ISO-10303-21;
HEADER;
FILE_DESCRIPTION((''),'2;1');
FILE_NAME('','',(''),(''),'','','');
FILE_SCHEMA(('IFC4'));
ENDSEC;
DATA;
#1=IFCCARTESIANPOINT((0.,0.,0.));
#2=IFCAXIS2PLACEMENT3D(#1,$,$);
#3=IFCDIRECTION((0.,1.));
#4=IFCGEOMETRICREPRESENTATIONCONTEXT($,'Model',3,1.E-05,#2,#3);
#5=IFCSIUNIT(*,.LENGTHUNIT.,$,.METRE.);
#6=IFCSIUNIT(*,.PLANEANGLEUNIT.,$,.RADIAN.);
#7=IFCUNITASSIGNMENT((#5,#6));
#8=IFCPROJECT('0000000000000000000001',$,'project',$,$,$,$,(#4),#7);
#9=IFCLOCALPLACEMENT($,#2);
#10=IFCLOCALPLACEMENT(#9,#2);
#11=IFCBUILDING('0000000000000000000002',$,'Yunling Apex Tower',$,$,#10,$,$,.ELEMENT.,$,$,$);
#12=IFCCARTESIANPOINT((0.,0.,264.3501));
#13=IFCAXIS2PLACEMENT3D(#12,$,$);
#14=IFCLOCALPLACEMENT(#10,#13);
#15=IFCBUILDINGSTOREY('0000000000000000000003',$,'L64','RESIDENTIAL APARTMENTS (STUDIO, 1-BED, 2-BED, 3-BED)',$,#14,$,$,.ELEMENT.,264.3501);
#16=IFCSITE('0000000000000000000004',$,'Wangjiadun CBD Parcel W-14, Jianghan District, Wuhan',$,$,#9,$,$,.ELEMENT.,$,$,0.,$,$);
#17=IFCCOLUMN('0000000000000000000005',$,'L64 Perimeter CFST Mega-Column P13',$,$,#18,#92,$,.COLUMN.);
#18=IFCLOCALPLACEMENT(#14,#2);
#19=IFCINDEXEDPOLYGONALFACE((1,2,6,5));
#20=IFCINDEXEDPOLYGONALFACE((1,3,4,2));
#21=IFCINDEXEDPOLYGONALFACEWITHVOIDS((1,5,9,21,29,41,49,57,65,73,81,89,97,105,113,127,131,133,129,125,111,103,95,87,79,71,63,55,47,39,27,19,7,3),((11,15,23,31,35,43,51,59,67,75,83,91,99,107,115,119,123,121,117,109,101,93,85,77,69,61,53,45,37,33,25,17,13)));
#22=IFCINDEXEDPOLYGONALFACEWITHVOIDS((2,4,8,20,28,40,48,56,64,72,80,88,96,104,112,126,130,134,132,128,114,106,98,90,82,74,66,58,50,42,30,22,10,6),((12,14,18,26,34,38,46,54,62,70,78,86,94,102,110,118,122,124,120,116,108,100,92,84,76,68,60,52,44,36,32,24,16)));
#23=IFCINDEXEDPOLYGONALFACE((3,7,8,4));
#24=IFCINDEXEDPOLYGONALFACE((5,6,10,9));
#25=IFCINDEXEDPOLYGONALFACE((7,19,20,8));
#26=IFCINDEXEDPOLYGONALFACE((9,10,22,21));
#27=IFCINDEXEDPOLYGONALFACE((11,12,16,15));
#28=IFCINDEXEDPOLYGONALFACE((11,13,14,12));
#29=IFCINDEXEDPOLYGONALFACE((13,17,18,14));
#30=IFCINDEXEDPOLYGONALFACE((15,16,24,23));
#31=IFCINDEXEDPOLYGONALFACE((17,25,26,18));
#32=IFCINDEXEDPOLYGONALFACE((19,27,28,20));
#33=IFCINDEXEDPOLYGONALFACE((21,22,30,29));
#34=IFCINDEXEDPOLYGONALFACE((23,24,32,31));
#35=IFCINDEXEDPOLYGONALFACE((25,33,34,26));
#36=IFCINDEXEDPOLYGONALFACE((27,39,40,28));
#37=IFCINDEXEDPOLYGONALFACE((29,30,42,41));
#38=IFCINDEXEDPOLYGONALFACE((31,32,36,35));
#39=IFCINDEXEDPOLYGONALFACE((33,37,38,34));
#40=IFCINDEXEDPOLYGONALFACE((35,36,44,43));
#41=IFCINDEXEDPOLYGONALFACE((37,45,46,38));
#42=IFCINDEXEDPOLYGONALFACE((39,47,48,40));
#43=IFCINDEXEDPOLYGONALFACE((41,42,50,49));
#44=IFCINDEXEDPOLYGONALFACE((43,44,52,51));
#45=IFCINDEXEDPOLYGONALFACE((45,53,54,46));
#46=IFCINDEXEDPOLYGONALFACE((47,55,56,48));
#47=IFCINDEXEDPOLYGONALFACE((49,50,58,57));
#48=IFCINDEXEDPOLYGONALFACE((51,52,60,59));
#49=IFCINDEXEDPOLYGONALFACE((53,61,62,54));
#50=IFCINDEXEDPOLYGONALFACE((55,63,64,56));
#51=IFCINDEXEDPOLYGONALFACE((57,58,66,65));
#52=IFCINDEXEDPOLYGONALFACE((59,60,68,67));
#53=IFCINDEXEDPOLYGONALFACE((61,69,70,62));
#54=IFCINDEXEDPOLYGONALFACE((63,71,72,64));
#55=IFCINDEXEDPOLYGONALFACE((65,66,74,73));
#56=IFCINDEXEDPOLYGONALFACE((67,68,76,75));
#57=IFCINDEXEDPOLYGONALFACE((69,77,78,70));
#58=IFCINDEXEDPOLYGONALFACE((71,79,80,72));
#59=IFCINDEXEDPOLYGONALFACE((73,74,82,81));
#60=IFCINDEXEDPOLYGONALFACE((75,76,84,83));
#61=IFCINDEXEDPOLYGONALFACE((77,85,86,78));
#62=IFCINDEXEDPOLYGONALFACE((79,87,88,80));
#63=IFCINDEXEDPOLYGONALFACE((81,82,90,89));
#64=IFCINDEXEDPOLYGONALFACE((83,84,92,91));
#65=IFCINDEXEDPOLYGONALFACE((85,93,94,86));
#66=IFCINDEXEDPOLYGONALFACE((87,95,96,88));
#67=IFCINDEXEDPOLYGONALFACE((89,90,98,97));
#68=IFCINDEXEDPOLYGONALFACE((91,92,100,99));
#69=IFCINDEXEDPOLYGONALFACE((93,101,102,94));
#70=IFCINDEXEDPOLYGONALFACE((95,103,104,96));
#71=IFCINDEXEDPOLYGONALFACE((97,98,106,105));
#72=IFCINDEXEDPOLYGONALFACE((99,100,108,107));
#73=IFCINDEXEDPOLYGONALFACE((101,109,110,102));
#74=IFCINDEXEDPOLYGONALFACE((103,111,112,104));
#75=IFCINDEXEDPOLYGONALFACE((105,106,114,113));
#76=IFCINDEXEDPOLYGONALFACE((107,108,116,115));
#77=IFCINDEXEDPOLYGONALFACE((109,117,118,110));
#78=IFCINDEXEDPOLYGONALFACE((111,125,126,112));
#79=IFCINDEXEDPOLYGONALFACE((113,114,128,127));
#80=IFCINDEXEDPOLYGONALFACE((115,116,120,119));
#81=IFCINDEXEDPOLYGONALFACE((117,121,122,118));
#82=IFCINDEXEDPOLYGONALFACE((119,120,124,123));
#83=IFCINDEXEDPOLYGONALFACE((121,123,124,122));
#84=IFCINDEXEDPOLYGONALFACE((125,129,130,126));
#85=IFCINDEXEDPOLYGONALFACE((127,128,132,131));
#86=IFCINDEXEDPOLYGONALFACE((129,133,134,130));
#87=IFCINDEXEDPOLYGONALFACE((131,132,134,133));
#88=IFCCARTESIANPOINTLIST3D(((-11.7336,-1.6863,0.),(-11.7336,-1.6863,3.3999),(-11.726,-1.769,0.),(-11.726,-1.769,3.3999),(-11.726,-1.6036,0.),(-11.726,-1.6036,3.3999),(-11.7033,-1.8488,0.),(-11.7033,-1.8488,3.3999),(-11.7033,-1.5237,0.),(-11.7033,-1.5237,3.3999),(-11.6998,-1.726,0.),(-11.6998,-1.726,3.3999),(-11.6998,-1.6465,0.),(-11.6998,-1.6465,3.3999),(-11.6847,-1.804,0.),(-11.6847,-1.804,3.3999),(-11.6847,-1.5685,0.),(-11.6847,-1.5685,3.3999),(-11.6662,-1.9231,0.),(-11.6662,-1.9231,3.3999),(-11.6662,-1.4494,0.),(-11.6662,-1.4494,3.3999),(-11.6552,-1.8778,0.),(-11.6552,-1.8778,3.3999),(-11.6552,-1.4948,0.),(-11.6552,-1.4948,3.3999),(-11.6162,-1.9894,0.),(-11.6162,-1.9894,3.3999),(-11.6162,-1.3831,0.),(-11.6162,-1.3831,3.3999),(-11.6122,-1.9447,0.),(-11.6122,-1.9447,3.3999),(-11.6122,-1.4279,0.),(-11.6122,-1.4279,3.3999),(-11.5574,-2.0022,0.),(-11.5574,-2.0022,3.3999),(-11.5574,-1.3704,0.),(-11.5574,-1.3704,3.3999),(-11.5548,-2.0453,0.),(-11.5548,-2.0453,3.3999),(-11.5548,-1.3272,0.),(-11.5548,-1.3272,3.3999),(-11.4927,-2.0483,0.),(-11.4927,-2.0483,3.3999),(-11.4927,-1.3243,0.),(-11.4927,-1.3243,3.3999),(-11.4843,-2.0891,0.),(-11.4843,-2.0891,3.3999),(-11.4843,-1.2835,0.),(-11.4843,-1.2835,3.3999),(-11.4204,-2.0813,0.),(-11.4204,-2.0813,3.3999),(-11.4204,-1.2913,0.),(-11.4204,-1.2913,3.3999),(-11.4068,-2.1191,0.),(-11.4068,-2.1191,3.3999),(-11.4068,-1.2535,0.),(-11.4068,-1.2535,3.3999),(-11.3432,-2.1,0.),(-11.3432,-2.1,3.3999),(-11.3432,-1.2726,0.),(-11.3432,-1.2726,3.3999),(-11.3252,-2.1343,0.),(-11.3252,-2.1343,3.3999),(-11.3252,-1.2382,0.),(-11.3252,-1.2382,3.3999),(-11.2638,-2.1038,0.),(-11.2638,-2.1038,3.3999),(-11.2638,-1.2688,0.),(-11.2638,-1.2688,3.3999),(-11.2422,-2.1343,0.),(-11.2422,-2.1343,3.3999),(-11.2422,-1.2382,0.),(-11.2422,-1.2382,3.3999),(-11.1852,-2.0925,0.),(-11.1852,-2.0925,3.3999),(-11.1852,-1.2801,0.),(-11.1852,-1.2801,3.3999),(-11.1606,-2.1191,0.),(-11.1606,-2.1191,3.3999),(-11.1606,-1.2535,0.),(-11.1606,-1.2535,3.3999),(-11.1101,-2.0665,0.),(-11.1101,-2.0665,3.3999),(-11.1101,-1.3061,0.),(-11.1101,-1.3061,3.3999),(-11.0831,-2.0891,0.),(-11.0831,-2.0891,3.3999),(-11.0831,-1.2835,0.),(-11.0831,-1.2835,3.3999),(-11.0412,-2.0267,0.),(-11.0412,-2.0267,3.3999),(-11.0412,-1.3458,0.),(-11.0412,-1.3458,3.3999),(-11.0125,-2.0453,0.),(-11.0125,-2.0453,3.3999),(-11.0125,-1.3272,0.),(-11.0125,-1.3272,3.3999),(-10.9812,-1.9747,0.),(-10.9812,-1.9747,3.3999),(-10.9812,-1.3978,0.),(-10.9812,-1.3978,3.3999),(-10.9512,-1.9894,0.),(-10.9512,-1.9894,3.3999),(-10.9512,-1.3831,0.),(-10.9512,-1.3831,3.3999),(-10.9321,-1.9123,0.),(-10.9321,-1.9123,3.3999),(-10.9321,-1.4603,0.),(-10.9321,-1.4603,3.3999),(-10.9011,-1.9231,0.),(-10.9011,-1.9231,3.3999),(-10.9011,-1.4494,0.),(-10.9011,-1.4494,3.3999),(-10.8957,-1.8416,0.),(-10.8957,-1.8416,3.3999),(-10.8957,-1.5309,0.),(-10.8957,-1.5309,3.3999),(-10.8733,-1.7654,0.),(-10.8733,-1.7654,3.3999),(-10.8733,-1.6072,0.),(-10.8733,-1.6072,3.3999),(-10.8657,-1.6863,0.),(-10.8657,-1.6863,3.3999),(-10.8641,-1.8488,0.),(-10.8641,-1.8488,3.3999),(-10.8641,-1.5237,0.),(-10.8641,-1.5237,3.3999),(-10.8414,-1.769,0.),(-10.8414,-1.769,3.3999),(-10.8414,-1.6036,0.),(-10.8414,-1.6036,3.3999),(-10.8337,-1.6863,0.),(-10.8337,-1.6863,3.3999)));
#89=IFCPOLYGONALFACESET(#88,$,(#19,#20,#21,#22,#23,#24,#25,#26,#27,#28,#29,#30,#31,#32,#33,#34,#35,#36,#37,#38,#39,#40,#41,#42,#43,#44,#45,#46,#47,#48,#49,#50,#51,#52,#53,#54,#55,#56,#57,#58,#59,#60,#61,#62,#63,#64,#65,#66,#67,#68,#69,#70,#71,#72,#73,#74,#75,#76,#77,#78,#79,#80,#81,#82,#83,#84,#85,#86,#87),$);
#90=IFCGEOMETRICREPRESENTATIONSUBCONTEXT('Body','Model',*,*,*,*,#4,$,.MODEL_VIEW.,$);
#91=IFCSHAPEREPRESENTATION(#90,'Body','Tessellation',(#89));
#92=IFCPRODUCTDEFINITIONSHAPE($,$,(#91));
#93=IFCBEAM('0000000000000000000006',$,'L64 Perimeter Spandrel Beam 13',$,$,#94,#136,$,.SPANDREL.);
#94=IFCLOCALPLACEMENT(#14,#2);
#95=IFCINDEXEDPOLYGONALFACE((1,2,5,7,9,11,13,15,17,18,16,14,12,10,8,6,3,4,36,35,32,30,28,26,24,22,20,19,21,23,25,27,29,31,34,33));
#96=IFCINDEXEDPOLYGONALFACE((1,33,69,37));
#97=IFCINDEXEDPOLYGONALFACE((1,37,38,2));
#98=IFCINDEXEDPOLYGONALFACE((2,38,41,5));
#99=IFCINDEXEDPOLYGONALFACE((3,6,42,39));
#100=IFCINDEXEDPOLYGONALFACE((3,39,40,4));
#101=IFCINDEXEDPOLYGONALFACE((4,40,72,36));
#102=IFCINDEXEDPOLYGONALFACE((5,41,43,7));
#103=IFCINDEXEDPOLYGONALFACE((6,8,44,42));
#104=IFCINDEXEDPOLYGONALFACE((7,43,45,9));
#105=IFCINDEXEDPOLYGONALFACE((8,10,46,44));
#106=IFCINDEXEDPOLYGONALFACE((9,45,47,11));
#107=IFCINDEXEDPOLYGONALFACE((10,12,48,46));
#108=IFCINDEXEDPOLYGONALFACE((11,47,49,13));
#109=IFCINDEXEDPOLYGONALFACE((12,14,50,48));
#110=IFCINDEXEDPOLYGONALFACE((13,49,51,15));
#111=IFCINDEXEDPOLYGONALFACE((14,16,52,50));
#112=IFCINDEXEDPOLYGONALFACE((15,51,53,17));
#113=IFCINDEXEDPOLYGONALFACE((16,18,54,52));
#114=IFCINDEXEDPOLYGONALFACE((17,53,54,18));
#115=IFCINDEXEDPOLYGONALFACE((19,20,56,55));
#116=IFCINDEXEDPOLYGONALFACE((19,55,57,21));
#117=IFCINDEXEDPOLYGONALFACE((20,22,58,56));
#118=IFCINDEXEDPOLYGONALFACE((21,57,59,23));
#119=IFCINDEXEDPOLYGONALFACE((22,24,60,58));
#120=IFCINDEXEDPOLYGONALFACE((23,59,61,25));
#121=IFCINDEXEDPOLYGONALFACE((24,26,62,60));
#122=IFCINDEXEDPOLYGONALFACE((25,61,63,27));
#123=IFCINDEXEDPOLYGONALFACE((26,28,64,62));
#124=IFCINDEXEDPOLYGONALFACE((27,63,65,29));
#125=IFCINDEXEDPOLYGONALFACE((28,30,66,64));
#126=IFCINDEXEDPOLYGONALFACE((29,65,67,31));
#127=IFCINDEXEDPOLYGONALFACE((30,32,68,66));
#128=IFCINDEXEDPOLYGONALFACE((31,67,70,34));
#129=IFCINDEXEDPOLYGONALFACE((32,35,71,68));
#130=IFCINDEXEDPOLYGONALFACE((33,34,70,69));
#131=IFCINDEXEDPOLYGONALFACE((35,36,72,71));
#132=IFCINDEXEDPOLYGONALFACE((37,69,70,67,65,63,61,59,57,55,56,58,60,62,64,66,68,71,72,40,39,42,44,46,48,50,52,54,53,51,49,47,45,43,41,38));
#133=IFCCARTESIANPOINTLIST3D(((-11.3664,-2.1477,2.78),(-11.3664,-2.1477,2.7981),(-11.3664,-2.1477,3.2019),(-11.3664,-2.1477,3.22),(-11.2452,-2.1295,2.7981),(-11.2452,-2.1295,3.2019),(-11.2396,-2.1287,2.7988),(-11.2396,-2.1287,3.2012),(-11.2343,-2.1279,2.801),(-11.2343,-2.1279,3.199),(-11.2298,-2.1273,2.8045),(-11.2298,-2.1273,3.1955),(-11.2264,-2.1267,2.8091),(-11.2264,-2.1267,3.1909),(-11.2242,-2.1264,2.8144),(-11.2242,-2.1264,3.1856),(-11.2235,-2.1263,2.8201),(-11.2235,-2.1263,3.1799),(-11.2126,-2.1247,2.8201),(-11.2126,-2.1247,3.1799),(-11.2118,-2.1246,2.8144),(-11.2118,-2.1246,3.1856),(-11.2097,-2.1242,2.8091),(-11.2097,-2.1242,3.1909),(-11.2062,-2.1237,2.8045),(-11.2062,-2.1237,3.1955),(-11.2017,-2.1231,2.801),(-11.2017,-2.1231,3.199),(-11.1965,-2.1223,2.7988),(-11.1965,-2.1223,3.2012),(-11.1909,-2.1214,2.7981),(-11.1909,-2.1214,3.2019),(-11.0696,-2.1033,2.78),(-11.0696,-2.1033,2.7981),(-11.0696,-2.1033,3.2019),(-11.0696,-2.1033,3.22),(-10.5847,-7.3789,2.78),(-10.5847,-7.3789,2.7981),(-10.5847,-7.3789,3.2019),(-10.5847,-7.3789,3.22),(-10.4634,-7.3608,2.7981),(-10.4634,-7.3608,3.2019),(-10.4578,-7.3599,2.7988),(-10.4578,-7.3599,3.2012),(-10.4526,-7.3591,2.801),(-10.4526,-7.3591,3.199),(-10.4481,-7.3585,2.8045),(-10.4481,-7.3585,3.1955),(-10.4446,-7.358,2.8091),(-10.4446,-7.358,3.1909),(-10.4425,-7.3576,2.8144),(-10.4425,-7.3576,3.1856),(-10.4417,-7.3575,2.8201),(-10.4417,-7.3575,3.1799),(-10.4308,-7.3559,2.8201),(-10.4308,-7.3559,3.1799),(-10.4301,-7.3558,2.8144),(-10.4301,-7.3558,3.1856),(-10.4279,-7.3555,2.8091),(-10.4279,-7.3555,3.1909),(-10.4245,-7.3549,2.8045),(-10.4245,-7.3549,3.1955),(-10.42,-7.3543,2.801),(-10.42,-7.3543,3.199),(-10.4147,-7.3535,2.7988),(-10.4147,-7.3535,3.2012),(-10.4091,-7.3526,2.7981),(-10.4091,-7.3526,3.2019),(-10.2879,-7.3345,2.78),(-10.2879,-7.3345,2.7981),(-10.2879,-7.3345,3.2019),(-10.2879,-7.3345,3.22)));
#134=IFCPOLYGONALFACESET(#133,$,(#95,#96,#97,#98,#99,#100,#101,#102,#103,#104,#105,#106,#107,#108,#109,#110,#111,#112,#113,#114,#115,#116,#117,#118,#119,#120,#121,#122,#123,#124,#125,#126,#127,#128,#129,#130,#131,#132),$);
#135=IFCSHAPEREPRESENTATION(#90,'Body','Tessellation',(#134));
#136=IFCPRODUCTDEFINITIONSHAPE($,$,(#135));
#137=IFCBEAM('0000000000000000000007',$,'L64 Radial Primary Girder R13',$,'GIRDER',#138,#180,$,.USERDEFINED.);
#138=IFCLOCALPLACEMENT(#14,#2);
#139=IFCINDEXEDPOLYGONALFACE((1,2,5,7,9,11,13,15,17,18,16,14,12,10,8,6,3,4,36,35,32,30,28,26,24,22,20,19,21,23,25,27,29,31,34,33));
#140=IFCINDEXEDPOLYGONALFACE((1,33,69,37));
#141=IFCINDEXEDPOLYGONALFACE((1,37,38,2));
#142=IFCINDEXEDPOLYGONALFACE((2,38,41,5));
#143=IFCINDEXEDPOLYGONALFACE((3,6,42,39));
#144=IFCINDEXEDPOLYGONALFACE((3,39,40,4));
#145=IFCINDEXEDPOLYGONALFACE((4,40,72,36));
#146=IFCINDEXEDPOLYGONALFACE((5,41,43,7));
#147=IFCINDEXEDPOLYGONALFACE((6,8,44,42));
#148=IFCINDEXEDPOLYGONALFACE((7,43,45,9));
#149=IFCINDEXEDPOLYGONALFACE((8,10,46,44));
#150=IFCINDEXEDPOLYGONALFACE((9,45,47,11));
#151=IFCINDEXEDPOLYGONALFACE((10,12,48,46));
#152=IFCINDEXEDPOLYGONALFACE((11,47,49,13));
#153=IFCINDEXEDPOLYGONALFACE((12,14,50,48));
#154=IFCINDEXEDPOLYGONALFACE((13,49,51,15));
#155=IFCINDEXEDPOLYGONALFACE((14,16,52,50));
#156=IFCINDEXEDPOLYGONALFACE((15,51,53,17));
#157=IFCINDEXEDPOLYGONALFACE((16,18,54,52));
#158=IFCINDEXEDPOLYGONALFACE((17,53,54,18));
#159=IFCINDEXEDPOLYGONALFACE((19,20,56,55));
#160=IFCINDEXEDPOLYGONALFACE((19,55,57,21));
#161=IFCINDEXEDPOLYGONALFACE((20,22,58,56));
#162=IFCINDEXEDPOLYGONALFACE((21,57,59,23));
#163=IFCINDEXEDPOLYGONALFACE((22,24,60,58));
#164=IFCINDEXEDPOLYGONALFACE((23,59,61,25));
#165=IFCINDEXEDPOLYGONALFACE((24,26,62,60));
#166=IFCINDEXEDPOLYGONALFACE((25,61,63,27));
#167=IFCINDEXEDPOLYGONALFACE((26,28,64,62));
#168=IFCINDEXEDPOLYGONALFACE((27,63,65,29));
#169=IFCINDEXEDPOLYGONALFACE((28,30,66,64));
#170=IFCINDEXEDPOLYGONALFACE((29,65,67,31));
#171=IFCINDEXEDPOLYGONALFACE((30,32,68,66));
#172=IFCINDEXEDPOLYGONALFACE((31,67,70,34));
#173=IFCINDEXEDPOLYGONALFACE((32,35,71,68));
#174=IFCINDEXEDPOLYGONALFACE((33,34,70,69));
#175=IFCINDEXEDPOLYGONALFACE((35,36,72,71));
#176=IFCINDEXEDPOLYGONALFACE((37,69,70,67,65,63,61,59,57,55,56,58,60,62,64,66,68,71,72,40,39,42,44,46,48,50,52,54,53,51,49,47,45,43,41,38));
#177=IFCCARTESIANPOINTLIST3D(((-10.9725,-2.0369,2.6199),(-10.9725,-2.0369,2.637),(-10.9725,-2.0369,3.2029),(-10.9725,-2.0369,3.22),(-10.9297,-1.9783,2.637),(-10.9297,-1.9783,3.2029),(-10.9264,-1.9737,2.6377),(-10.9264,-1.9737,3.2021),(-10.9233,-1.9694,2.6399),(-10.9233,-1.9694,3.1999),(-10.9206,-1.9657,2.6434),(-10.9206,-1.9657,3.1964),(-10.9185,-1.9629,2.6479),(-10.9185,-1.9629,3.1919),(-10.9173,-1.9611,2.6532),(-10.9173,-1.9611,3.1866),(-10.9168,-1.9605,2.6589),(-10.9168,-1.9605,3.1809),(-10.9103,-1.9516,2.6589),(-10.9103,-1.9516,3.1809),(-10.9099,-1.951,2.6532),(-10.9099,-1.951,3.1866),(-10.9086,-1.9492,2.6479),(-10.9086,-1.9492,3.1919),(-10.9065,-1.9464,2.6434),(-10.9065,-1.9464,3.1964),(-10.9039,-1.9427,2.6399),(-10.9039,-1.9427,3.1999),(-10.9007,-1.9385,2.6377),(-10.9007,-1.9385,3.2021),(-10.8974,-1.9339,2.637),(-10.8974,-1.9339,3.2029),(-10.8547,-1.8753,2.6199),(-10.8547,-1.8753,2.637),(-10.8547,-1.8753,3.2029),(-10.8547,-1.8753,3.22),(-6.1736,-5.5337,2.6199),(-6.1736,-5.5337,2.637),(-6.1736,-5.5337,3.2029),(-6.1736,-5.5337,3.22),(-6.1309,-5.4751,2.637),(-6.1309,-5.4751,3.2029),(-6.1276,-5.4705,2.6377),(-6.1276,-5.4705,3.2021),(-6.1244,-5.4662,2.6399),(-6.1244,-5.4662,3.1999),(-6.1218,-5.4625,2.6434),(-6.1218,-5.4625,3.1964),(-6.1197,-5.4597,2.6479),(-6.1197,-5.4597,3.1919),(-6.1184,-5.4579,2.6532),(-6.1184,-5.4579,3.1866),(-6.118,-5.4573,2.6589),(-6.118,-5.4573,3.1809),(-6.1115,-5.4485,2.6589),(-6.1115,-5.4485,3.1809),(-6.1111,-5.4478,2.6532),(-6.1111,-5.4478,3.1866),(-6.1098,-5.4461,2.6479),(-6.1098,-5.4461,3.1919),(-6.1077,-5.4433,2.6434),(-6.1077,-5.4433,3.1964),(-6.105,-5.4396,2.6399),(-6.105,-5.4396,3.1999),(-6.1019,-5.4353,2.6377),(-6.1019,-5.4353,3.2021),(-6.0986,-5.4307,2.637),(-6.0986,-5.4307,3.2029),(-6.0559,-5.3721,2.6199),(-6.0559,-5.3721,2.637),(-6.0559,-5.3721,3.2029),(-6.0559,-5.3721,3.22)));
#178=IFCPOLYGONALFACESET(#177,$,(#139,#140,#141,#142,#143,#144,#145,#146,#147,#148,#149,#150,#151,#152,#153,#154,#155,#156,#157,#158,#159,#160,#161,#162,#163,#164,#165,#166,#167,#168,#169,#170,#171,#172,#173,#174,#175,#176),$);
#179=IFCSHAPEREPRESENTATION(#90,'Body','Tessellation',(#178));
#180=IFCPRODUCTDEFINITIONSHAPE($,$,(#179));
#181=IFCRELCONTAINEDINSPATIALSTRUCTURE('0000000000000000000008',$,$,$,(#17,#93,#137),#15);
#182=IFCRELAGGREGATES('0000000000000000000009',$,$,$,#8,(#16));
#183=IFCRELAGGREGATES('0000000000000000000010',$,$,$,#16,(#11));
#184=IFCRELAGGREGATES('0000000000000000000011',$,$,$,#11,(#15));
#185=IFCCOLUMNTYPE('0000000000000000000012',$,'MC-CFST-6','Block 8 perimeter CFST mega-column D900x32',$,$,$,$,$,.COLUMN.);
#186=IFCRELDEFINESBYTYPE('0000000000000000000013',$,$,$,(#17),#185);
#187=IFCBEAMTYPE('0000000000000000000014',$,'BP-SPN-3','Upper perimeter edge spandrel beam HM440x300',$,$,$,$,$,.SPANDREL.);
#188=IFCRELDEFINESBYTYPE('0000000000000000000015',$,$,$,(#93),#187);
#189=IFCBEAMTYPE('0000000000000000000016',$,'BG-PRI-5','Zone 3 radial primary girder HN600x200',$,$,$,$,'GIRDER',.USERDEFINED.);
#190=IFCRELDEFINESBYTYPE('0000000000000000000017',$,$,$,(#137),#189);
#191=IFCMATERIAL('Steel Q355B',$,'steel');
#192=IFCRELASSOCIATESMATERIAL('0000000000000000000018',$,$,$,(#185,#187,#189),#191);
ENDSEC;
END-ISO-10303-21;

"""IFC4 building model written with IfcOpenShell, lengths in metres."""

from ifc_helpers import new_model, si_unit, direction, frame, origin, origin_2d, place, context, subcontext, project, spatial, hollow_circle, i_section, extrude, source, transform, mapped, material, material_profile, profile_set, type_object, element, save


model = new_model("IFC4")

# Units and contexts
model_context = context("Model", 3, precision=1e-05, world=origin(), true_north=direction((0.0, 1.0)))
body_context = subcontext(model_context, "Body", "Model", "MODEL_VIEW")
ifc_project = project(units=[si_unit("LENGTHUNIT", "METRE"), si_unit("PLANEANGLEUNIT", "RADIAN")], contexts=[model_context])

# Site, building, storey
site_placement = place(None, origin())
site = spatial("IfcSite", under=ifc_project, at=site_placement, Name="Wangjiadun CBD Parcel W-14, Jianghan District, Wuhan", CompositionType="ELEMENT", RefElevation=0.0)
building_placement = place(site_placement, origin())
building = spatial("IfcBuilding", under=site, at=building_placement, Name="Yunling Apex Tower", CompositionType="ELEMENT")
storey_placement = place(building_placement, frame((0.0, 0.0, 264.3501)))
storey = spatial("IfcBuildingStorey", under=building, at=storey_placement, Name="L64", Description="RESIDENTIAL APARTMENTS (STUDIO, 1-BED, 2-BED, 3-BED)", CompositionType="ELEMENT", Elevation=264.3501)

# Column
ifc_material_1 = material(Name="Steel Q355B", Category="steel")
ifc_material_profile_1 = material_profile(ifc_material_1, hollow_circle(Radius=0.45, WallThickness=0.032, at=origin_2d()))
ifc_profile_set_1 = profile_set([ifc_material_profile_1], Name="Steel Q355B")
column_type = type_object("IfcColumnType", Name="MC-CFST-6", Description="Block 8 perimeter CFST mega-column D900x32", PredefinedType="COLUMN", material=ifc_profile_set_1)
shared_shape_1 = source(origin(), body_context, "Body", "SweptSolid", [
    extrude(hollow_circle(Radius=0.45, WallThickness=0.032, at=origin_2d()), origin(), (0.0, 0.0, 1.0), 3.3999),
])
column_placement = place(storey_placement, frame((-11.2837, -1.6863, 0.0), z_axis=(0.0, 0.0, 1.0), x_axis=(1.0, 0.0, 0.0)))
element("IfcColumn", 1, at=column_placement, inside=storey, type_object=column_type, Name="L64 Perimeter CFST Mega-Column P13", PredefinedType="COLUMN", context=body_context, shape_type="MappedRepresentation", body=[
    mapped(shared_shape_1, transform((0.0, 0.0, 0.0), scale=1.0)),
])

# Beams
ifc_material_profile_2 = material_profile(ifc_material_1, i_section(OverallWidth=0.3, OverallDepth=0.4399, WebThickness=0.011, FlangeThickness=0.0181, FilletRadius=0.022, at=origin_2d()))
ifc_profile_set_2 = profile_set([ifc_material_profile_2], Name="Steel Q355B")
beam_type_1 = type_object("IfcBeamType", Name="BP-SPN-3", Description="Upper perimeter edge spandrel beam HM440x300", PredefinedType="SPANDREL", material=ifc_profile_set_2)
shared_shape_2 = source(origin(), body_context, "Body", "SweptSolid", [
    extrude(i_section(OverallWidth=0.3, OverallDepth=0.4399, WebThickness=0.011, FlangeThickness=0.0181, FilletRadius=0.022, at=origin_2d()), origin(), (0.0, 0.0, 1.0), 5.2893),
])
beam_1_placement = place(storey_placement, frame((-11.218, -2.1255, 3.0), z_axis=(0.147796, -0.989018, 0.0), x_axis=(0.989018, 0.147796, 0.0)))
element("IfcBeam", 2, at=beam_1_placement, inside=storey, type_object=beam_type_1, Name="L64 Perimeter Spandrel Beam 13", PredefinedType="SPANDREL", context=body_context, shape_type="MappedRepresentation", body=[
    mapped(shared_shape_2, transform((0.0, 0.0, 0.0), scale=1.0)),
])
ifc_material_profile_3 = material_profile(ifc_material_1, i_section(OverallWidth=0.2, OverallDepth=0.6001, WebThickness=0.011, FlangeThickness=0.0171, FilletRadius=0.022, at=origin_2d()))
ifc_profile_set_3 = profile_set([ifc_material_profile_3], Name="Steel Q355B")
beam_type_2 = type_object("IfcBeamType", Name="BG-PRI-5", Description="Zone 3 radial primary girder HN600x200", ElementType="GIRDER", PredefinedType="USERDEFINED", material=ifc_profile_set_3)
shared_shape_3 = source(origin(), body_context, "Body", "SweptSolid", [
    extrude(i_section(OverallWidth=0.2, OverallDepth=0.6001, WebThickness=0.011, FlangeThickness=0.0171, FilletRadius=0.022, at=origin_2d()), origin(), (0.0, 0.0, 1.0), 5.9377),
])
beam_2_placement = place(storey_placement, frame((-10.9136, -1.9561, 2.9199), z_axis=(0.808193, -0.588917, 0.0), x_axis=(0.588917, 0.808193, 0.0)))
element("IfcBeam", 3, at=beam_2_placement, inside=storey, type_object=beam_type_2, Name="L64 Radial Primary Girder R13", ObjectType="GIRDER", PredefinedType="USERDEFINED", context=body_context, shape_type="MappedRepresentation", body=[
    mapped(shared_shape_3, transform((0.0, 0.0, 0.0), scale=1.0)),
])

save(model, "model.ifc")
